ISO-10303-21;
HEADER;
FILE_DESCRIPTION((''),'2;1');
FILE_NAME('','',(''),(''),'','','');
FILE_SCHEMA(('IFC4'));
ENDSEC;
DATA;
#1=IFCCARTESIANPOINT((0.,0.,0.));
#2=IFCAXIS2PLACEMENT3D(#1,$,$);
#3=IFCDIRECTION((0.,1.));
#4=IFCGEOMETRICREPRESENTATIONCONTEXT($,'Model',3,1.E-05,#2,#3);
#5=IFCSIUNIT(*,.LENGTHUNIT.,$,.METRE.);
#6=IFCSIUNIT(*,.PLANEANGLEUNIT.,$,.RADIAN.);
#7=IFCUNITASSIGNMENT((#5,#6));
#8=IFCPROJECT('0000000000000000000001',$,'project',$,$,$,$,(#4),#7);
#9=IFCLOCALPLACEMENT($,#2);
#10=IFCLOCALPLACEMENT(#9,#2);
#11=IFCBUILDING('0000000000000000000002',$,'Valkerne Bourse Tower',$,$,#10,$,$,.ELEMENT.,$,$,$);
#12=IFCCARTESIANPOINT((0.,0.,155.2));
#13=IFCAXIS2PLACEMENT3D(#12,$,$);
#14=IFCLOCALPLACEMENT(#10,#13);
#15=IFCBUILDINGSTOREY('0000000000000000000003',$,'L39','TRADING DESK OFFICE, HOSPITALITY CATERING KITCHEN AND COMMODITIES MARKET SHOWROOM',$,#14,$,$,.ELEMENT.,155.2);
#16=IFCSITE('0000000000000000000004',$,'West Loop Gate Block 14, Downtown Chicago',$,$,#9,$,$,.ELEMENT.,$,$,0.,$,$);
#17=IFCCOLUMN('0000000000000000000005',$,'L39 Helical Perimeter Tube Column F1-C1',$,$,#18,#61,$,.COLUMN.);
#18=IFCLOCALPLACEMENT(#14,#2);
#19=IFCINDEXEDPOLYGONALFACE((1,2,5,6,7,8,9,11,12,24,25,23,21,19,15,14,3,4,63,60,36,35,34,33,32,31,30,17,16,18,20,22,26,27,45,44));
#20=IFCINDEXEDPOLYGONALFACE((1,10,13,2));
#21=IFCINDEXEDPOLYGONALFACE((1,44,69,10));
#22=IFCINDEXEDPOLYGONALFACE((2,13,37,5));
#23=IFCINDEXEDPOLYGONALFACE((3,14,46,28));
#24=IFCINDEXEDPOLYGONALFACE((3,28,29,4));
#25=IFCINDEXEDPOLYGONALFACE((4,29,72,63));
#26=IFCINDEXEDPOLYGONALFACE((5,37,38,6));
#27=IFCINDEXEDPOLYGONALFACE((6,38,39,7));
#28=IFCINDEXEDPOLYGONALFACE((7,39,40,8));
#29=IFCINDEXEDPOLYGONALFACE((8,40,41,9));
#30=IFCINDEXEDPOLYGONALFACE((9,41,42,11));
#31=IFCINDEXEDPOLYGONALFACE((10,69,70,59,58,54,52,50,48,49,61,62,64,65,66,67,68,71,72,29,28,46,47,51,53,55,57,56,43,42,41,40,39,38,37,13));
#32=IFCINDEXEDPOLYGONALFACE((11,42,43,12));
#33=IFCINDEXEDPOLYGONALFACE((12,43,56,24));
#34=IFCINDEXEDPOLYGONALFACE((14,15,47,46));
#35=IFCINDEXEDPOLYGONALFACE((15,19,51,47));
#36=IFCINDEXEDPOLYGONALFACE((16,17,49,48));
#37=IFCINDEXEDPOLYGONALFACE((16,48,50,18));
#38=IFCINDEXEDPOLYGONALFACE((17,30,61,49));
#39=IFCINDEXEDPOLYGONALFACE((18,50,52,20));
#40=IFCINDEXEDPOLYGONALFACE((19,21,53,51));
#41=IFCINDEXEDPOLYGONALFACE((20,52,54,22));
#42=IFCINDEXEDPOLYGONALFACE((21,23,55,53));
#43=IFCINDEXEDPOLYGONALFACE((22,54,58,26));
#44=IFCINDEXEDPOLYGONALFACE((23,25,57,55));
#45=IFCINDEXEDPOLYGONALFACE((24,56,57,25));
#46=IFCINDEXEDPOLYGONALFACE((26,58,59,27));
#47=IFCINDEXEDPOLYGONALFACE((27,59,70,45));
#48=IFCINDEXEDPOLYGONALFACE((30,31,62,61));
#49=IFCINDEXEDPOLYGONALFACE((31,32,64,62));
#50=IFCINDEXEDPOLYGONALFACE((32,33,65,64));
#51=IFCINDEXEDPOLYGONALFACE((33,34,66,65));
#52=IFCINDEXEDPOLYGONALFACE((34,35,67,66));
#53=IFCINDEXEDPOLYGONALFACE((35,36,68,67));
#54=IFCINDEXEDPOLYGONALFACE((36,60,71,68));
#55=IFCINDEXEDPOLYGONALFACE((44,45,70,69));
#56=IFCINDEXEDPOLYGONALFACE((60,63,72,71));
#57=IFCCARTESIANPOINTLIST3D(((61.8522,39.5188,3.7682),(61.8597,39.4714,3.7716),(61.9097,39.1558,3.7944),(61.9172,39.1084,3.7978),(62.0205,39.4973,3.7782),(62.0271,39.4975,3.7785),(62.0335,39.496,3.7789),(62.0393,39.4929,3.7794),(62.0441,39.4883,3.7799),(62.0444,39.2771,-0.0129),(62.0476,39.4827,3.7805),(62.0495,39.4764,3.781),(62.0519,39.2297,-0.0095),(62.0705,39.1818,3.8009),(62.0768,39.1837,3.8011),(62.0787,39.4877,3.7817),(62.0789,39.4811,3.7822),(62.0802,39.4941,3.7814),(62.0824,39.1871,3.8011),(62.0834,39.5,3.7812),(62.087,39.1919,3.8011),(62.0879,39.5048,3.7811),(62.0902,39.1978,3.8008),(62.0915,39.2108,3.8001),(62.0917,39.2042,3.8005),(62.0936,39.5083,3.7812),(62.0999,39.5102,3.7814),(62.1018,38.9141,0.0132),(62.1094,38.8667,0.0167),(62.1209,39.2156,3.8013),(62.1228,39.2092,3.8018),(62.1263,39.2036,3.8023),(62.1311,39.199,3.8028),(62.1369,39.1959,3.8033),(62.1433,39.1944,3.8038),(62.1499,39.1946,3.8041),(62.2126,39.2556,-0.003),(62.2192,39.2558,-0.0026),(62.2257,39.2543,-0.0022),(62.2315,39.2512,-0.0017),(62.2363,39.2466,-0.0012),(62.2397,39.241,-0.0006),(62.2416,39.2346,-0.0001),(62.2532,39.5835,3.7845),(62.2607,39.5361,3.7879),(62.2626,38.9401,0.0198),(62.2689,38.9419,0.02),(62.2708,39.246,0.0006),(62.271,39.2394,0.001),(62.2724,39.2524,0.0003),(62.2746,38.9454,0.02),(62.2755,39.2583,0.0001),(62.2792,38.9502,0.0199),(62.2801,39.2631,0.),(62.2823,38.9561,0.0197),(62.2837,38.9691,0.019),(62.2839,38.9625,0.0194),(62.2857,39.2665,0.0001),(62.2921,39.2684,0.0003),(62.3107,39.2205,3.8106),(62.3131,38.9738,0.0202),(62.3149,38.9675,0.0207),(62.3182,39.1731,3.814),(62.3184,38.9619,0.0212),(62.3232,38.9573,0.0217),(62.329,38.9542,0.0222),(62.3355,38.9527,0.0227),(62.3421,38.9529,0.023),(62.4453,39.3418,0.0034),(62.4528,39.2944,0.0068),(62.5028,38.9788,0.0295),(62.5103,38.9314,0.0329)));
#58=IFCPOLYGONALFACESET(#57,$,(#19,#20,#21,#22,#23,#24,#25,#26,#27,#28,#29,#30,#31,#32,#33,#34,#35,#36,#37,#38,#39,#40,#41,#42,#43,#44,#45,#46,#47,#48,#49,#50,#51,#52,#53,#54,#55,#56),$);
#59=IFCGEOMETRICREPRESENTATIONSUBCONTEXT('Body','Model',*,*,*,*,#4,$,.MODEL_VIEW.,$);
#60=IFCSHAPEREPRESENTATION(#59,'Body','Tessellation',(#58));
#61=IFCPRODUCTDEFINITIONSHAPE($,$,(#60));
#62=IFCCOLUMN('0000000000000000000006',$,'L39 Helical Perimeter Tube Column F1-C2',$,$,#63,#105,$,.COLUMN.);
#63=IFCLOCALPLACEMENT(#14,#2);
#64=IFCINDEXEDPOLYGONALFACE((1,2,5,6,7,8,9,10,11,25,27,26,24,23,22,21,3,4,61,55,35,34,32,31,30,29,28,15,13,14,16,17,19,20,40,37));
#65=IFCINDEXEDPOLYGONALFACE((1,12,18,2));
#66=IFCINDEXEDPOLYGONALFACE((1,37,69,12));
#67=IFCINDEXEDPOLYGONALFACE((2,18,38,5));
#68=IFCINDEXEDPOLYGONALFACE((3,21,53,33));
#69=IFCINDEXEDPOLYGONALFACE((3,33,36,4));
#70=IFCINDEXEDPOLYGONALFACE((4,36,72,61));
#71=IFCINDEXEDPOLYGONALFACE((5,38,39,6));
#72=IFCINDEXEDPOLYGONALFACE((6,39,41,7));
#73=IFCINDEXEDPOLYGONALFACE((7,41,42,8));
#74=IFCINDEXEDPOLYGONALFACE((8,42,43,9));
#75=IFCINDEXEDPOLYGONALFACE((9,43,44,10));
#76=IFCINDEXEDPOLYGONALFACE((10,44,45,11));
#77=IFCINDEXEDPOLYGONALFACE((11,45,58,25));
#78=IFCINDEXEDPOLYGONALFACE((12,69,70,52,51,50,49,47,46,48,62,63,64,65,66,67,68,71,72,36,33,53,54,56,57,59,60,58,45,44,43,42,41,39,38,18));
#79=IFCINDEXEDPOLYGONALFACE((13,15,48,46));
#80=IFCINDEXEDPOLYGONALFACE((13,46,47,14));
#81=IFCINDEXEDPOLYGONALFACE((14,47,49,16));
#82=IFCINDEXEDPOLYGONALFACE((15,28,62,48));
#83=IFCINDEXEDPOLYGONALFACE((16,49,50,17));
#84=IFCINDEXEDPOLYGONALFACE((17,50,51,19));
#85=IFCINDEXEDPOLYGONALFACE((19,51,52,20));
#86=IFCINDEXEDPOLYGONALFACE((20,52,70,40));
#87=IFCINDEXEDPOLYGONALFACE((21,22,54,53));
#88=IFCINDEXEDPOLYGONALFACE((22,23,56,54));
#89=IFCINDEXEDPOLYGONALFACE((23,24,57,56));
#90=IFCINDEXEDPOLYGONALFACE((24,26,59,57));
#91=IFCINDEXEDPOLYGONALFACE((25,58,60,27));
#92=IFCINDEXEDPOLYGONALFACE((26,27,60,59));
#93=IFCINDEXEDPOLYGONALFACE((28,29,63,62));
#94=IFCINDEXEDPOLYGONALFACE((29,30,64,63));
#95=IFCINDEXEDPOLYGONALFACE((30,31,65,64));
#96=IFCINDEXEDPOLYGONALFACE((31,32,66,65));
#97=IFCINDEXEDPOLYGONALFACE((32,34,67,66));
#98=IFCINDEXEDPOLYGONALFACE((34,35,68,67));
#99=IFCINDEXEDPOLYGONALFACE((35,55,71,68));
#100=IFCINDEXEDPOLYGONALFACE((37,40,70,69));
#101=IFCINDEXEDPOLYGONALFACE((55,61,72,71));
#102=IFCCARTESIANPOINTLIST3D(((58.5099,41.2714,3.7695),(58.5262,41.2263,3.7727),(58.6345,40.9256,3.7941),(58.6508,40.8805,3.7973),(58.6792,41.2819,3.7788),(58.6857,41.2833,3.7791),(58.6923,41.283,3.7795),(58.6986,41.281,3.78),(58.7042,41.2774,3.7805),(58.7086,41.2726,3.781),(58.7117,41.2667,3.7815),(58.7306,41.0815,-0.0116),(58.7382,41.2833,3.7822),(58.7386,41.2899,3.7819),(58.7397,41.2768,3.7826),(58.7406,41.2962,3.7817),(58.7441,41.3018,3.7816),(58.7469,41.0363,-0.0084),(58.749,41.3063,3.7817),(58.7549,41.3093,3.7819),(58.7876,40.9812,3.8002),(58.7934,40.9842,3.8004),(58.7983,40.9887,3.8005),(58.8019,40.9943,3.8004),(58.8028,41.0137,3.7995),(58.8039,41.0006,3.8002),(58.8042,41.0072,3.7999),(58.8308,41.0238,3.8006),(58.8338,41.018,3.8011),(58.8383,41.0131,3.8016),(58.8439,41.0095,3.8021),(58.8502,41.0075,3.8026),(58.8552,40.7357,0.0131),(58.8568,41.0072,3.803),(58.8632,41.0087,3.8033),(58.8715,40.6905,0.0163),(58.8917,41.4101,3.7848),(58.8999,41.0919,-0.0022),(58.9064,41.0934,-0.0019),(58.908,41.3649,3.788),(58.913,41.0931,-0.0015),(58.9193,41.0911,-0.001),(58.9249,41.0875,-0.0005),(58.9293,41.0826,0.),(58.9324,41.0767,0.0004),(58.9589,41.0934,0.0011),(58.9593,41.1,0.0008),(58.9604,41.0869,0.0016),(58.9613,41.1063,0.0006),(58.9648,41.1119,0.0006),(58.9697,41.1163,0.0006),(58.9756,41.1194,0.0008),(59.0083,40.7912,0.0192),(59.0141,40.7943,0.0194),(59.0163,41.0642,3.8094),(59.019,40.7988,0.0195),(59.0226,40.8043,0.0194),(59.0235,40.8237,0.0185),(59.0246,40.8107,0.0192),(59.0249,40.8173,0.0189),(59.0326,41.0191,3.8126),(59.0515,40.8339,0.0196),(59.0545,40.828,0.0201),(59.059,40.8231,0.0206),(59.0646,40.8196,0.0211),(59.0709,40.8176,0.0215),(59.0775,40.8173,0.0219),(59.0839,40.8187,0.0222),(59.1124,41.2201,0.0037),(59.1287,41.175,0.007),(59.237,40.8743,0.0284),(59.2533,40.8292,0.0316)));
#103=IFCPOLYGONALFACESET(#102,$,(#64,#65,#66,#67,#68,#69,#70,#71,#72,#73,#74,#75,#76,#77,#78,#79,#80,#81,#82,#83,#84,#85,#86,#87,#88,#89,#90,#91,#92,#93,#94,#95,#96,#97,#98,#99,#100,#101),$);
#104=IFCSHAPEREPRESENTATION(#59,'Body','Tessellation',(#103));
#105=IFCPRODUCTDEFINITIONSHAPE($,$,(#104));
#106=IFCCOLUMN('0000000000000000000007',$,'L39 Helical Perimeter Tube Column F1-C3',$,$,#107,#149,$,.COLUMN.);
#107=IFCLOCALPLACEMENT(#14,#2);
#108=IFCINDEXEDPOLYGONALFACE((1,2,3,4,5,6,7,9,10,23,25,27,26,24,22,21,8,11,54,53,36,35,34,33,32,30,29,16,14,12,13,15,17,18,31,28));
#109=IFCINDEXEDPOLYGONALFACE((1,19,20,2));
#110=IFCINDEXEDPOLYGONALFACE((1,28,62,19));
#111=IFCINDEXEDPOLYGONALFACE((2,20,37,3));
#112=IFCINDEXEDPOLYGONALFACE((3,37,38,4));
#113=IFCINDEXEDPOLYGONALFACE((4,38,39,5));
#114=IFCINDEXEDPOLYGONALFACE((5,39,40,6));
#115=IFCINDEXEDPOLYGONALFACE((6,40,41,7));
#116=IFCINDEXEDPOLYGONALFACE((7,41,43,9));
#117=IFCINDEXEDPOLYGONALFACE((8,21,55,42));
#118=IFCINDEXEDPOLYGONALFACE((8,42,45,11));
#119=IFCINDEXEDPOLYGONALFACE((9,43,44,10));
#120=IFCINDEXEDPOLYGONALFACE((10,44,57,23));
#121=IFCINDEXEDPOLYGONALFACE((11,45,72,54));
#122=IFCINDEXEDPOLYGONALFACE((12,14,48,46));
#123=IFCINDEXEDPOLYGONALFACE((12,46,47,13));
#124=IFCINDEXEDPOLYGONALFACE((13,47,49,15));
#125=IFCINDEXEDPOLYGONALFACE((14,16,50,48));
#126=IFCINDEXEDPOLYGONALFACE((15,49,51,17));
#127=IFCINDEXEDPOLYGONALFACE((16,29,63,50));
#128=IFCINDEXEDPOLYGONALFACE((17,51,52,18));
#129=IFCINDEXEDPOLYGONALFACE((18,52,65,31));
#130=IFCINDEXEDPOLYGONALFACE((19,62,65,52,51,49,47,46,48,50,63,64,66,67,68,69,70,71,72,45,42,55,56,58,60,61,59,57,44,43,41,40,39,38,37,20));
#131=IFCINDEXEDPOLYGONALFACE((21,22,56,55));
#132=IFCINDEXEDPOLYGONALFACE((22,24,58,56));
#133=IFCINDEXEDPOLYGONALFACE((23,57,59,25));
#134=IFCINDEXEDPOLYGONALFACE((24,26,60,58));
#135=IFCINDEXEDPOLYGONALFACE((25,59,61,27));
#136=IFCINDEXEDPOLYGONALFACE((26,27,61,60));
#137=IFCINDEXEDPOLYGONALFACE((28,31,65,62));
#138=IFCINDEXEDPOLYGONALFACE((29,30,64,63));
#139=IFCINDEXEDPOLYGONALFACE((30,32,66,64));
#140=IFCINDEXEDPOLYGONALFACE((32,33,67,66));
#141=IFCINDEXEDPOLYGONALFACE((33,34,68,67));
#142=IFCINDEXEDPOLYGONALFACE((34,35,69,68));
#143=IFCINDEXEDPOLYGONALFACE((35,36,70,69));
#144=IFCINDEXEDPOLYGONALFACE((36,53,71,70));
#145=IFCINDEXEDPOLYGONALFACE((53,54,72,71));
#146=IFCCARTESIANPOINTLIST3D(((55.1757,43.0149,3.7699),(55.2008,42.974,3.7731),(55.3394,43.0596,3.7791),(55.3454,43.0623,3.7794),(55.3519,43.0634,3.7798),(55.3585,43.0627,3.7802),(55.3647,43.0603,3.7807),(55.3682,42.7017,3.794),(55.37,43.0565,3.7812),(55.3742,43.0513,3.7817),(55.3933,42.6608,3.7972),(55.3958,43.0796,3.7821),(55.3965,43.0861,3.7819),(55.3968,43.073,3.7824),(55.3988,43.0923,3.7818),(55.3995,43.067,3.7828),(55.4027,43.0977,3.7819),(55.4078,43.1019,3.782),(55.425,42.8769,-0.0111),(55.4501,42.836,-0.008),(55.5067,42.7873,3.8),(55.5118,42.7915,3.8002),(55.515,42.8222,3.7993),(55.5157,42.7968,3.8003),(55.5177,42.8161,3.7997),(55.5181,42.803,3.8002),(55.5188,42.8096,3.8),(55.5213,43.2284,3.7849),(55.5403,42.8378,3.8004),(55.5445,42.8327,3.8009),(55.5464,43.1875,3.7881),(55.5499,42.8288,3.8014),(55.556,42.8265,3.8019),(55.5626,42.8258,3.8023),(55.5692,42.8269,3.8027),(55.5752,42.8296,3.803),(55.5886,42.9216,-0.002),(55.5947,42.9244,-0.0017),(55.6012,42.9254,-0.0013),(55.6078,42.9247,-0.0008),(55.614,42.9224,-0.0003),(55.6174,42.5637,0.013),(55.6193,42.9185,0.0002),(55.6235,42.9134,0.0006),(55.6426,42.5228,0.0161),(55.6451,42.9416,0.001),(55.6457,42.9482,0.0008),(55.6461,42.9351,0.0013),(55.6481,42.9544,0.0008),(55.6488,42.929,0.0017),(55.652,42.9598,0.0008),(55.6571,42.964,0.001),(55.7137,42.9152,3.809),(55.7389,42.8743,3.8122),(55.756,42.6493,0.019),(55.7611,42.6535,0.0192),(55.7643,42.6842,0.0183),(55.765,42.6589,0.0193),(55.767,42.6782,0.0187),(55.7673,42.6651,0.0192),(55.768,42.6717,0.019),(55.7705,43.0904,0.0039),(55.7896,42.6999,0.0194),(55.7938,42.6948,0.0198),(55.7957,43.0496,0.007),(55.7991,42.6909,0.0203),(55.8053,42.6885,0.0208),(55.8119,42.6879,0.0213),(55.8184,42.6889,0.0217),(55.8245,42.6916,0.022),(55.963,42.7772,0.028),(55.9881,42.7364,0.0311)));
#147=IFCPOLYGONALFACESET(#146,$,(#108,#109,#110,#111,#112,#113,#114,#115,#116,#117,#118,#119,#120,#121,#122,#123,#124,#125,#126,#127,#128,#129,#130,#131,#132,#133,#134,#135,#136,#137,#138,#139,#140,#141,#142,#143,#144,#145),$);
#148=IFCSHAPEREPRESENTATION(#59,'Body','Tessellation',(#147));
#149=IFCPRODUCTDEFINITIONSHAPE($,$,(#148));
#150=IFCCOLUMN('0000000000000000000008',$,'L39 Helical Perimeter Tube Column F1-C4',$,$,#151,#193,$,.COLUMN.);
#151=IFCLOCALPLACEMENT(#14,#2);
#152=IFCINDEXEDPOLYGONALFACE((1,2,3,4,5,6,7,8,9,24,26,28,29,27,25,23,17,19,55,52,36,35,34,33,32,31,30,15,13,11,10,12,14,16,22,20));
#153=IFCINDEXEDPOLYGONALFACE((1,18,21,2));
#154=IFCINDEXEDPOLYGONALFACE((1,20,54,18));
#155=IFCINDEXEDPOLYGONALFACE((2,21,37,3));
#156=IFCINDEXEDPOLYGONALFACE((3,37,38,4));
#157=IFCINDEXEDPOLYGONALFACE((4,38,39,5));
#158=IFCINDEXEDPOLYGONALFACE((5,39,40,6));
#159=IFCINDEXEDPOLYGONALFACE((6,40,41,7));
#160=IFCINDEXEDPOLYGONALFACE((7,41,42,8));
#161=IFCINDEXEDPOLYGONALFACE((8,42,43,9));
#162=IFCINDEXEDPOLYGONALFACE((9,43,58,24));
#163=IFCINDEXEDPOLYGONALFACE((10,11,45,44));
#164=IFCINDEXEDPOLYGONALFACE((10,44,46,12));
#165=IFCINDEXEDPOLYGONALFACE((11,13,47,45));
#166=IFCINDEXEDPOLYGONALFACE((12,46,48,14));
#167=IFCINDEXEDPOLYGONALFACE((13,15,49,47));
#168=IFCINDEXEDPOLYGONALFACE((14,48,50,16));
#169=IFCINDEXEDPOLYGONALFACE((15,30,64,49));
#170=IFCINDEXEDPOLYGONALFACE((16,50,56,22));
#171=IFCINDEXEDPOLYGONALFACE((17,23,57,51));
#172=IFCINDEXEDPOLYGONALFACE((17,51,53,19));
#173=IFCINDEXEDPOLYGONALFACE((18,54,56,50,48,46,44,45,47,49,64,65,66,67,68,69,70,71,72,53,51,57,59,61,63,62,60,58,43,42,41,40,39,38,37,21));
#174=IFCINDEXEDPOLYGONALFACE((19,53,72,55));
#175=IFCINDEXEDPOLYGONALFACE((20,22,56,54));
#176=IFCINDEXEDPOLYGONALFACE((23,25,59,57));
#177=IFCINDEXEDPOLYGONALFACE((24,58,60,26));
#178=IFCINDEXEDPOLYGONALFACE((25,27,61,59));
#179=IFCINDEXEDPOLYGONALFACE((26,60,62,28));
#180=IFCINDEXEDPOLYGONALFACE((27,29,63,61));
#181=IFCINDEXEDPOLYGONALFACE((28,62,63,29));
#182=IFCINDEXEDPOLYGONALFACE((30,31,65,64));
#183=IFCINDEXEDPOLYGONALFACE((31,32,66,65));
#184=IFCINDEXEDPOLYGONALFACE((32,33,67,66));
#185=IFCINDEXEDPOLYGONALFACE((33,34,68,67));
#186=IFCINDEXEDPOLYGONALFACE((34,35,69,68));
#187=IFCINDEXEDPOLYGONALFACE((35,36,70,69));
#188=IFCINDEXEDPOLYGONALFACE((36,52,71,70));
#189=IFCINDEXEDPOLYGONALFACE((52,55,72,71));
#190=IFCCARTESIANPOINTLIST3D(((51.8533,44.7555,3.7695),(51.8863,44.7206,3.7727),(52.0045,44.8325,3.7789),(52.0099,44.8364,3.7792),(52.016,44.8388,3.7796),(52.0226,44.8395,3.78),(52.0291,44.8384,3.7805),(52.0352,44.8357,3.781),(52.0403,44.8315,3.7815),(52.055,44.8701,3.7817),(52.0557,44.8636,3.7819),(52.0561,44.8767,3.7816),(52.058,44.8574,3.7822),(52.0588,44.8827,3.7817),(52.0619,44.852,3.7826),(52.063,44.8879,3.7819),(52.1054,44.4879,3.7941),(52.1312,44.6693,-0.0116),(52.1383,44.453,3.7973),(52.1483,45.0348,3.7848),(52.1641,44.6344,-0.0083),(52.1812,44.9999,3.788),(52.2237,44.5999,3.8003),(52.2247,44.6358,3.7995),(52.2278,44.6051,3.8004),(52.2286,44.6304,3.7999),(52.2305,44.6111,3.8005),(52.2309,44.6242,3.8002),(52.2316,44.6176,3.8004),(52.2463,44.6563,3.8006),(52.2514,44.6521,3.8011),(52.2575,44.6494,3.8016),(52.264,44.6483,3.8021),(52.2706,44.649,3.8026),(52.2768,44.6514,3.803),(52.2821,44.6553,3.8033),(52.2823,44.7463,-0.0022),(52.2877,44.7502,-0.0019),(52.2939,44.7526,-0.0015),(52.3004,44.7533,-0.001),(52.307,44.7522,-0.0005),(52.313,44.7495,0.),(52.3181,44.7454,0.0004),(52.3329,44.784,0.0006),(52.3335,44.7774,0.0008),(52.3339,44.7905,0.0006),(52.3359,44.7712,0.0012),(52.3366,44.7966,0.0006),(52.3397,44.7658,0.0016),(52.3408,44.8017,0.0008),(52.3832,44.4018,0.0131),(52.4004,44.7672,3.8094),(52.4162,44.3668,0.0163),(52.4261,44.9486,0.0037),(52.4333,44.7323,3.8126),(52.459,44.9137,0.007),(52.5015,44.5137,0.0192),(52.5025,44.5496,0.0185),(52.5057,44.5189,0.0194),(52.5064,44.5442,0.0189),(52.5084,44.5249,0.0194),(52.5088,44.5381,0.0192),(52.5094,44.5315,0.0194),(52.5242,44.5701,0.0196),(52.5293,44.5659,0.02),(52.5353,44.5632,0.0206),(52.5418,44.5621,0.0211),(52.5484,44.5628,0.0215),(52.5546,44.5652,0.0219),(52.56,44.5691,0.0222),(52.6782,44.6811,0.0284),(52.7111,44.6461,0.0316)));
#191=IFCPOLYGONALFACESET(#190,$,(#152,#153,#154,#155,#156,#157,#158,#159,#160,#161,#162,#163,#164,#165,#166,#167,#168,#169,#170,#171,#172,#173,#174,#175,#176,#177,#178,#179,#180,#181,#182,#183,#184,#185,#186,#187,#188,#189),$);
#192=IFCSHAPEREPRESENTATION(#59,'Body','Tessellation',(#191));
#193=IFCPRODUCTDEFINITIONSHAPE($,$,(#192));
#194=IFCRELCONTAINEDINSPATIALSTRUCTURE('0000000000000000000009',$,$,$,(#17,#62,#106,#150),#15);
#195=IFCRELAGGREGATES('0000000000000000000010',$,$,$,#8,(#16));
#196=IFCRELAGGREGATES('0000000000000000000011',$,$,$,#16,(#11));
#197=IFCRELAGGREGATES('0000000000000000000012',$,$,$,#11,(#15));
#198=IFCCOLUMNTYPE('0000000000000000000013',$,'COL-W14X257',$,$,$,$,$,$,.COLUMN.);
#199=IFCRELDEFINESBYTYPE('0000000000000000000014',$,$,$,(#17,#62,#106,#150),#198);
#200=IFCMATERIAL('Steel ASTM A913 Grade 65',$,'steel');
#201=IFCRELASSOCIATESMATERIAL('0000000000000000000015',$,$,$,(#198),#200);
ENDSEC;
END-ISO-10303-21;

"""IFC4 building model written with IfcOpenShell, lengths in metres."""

from ifc_helpers import new_model, si_unit, direction, frame, origin, origin_2d, place, context, subcontext, project, spatial, i_section, extrude, material, material_profile, profile_set, type_object, element, save


model = new_model("IFC4")

# Units and contexts
model_context = context("Model", 3, precision=1e-05, world=origin(), true_north=direction((0.0, 1.0)))
body_context = subcontext(model_context, "Body", "Model", "MODEL_VIEW")
ifc_project = project(units=[si_unit("LENGTHUNIT", "METRE"), si_unit("PLANEANGLEUNIT", "RADIAN")], contexts=[model_context])

# Site, building, storey
site_placement = place(None, origin())
site = spatial("IfcSite", under=ifc_project, at=site_placement, Name="West Loop Gate Block 14, Downtown Chicago", CompositionType="ELEMENT", RefElevation=0.0)
building_placement = place(site_placement, origin())
building = spatial("IfcBuilding", under=site, at=building_placement, Name="Valkerne Bourse Tower", CompositionType="ELEMENT")
storey_placement = place(building_placement, frame((0.0, 0.0, 155.2)))
storey = spatial("IfcBuildingStorey", under=building, at=storey_placement, Name="L39", Description="TRADING DESK OFFICE, HOSPITALITY CATERING KITCHEN AND COMMODITIES MARKET SHOWROOM", CompositionType="ELEMENT", Elevation=155.2)

# Columns
ifc_material_1 = material(Name="Steel ASTM A913 Grade 65", Category="steel")
ifc_material_profile_1 = material_profile(ifc_material_1, i_section(OverallWidth=0.4065, OverallDepth=0.4165, WebThickness=0.0298, FlangeThickness=0.0481, FilletRadius=0.0254, at=origin_2d()), Name="W14X257")
ifc_profile_set_1 = profile_set([ifc_material_profile_1], Name="Steel ASTM A913 Grade 65")
column_type = type_object("IfcColumnType", Name="COL-W14X257", PredefinedType="COLUMN", material=ifc_profile_set_1)
column_1_placement = place(storey_placement, frame((62.2773, 39.1042, 0.01), z_axis=(-0.050648, 0.063712, 0.996682), x_axis=(0.986447, 0.159139, 0.039955)))
element("IfcColumn", 1, at=column_1_placement, inside=storey, type_object=column_type, Name="L39 Helical Perimeter Tube Column F1-C1", PredefinedType="COLUMN", context=body_context, shape_type="SweptSolid", body=[
    extrude(i_section(OverallWidth=0.4065, OverallDepth=0.4165, WebThickness=0.0298, FlangeThickness=0.0481, FilletRadius=0.0254, at=origin_2d()), origin(), (0.0, 0.0, 1.0), 3.7937),
])
column_2_placement = place(storey_placement, frame((58.9919, 40.9553, 0.01), z_axis=(-0.058199, 0.050087, 0.997048), x_axis=(0.939284, 0.341064, 0.037694)))
element("IfcColumn", 2, at=column_2_placement, inside=storey, type_object=column_type, Name="L39 Helical Perimeter Tube Column F1-C2", PredefinedType="COLUMN", context=body_context, shape_type="SweptSolid", body=[
    extrude(i_section(OverallWidth=0.4065, OverallDepth=0.4165, WebThickness=0.0298, FlangeThickness=0.0481, FilletRadius=0.0254, at=origin_2d()), origin(), (0.0, 0.0, 1.0), 3.7922),
])
column_3_placement = place(storey_placement, frame((55.7065, 42.8066, 0.01), z_axis=(-0.06574, 0.036379, 0.997173), x_axis=(0.85014, 0.525264, 0.036884)))
element("IfcColumn", 3, at=column_3_placement, inside=storey, type_object=column_type, Name="L39 Helical Perimeter Tube Column F1-C3", PredefinedType="COLUMN", context=body_context, shape_type="SweptSolid", body=[
    extrude(i_section(OverallWidth=0.4065, OverallDepth=0.4165, WebThickness=0.0298, FlangeThickness=0.0481, FilletRadius=0.0254, at=origin_2d()), origin(), (0.0, 0.0, 1.0), 3.7917),
])
column_4_placement = place(storey_placement, frame((52.4211, 44.6577, 0.01), z_axis=(-0.073264, 0.022726, 0.997054), x_axis=(0.725595, 0.687091, 0.037656)))
element("IfcColumn", 4, at=column_4_placement, inside=storey, type_object=column_type, Name="L39 Helical Perimeter Tube Column F1-C4", PredefinedType="COLUMN", context=body_context, shape_type="SweptSolid", body=[
    extrude(i_section(OverallWidth=0.4065, OverallDepth=0.4165, WebThickness=0.0298, FlangeThickness=0.0481, FilletRadius=0.0254, at=origin_2d()), origin(), (0.0, 0.0, 1.0), 3.7922),
])

save(model, "model.ifc")
